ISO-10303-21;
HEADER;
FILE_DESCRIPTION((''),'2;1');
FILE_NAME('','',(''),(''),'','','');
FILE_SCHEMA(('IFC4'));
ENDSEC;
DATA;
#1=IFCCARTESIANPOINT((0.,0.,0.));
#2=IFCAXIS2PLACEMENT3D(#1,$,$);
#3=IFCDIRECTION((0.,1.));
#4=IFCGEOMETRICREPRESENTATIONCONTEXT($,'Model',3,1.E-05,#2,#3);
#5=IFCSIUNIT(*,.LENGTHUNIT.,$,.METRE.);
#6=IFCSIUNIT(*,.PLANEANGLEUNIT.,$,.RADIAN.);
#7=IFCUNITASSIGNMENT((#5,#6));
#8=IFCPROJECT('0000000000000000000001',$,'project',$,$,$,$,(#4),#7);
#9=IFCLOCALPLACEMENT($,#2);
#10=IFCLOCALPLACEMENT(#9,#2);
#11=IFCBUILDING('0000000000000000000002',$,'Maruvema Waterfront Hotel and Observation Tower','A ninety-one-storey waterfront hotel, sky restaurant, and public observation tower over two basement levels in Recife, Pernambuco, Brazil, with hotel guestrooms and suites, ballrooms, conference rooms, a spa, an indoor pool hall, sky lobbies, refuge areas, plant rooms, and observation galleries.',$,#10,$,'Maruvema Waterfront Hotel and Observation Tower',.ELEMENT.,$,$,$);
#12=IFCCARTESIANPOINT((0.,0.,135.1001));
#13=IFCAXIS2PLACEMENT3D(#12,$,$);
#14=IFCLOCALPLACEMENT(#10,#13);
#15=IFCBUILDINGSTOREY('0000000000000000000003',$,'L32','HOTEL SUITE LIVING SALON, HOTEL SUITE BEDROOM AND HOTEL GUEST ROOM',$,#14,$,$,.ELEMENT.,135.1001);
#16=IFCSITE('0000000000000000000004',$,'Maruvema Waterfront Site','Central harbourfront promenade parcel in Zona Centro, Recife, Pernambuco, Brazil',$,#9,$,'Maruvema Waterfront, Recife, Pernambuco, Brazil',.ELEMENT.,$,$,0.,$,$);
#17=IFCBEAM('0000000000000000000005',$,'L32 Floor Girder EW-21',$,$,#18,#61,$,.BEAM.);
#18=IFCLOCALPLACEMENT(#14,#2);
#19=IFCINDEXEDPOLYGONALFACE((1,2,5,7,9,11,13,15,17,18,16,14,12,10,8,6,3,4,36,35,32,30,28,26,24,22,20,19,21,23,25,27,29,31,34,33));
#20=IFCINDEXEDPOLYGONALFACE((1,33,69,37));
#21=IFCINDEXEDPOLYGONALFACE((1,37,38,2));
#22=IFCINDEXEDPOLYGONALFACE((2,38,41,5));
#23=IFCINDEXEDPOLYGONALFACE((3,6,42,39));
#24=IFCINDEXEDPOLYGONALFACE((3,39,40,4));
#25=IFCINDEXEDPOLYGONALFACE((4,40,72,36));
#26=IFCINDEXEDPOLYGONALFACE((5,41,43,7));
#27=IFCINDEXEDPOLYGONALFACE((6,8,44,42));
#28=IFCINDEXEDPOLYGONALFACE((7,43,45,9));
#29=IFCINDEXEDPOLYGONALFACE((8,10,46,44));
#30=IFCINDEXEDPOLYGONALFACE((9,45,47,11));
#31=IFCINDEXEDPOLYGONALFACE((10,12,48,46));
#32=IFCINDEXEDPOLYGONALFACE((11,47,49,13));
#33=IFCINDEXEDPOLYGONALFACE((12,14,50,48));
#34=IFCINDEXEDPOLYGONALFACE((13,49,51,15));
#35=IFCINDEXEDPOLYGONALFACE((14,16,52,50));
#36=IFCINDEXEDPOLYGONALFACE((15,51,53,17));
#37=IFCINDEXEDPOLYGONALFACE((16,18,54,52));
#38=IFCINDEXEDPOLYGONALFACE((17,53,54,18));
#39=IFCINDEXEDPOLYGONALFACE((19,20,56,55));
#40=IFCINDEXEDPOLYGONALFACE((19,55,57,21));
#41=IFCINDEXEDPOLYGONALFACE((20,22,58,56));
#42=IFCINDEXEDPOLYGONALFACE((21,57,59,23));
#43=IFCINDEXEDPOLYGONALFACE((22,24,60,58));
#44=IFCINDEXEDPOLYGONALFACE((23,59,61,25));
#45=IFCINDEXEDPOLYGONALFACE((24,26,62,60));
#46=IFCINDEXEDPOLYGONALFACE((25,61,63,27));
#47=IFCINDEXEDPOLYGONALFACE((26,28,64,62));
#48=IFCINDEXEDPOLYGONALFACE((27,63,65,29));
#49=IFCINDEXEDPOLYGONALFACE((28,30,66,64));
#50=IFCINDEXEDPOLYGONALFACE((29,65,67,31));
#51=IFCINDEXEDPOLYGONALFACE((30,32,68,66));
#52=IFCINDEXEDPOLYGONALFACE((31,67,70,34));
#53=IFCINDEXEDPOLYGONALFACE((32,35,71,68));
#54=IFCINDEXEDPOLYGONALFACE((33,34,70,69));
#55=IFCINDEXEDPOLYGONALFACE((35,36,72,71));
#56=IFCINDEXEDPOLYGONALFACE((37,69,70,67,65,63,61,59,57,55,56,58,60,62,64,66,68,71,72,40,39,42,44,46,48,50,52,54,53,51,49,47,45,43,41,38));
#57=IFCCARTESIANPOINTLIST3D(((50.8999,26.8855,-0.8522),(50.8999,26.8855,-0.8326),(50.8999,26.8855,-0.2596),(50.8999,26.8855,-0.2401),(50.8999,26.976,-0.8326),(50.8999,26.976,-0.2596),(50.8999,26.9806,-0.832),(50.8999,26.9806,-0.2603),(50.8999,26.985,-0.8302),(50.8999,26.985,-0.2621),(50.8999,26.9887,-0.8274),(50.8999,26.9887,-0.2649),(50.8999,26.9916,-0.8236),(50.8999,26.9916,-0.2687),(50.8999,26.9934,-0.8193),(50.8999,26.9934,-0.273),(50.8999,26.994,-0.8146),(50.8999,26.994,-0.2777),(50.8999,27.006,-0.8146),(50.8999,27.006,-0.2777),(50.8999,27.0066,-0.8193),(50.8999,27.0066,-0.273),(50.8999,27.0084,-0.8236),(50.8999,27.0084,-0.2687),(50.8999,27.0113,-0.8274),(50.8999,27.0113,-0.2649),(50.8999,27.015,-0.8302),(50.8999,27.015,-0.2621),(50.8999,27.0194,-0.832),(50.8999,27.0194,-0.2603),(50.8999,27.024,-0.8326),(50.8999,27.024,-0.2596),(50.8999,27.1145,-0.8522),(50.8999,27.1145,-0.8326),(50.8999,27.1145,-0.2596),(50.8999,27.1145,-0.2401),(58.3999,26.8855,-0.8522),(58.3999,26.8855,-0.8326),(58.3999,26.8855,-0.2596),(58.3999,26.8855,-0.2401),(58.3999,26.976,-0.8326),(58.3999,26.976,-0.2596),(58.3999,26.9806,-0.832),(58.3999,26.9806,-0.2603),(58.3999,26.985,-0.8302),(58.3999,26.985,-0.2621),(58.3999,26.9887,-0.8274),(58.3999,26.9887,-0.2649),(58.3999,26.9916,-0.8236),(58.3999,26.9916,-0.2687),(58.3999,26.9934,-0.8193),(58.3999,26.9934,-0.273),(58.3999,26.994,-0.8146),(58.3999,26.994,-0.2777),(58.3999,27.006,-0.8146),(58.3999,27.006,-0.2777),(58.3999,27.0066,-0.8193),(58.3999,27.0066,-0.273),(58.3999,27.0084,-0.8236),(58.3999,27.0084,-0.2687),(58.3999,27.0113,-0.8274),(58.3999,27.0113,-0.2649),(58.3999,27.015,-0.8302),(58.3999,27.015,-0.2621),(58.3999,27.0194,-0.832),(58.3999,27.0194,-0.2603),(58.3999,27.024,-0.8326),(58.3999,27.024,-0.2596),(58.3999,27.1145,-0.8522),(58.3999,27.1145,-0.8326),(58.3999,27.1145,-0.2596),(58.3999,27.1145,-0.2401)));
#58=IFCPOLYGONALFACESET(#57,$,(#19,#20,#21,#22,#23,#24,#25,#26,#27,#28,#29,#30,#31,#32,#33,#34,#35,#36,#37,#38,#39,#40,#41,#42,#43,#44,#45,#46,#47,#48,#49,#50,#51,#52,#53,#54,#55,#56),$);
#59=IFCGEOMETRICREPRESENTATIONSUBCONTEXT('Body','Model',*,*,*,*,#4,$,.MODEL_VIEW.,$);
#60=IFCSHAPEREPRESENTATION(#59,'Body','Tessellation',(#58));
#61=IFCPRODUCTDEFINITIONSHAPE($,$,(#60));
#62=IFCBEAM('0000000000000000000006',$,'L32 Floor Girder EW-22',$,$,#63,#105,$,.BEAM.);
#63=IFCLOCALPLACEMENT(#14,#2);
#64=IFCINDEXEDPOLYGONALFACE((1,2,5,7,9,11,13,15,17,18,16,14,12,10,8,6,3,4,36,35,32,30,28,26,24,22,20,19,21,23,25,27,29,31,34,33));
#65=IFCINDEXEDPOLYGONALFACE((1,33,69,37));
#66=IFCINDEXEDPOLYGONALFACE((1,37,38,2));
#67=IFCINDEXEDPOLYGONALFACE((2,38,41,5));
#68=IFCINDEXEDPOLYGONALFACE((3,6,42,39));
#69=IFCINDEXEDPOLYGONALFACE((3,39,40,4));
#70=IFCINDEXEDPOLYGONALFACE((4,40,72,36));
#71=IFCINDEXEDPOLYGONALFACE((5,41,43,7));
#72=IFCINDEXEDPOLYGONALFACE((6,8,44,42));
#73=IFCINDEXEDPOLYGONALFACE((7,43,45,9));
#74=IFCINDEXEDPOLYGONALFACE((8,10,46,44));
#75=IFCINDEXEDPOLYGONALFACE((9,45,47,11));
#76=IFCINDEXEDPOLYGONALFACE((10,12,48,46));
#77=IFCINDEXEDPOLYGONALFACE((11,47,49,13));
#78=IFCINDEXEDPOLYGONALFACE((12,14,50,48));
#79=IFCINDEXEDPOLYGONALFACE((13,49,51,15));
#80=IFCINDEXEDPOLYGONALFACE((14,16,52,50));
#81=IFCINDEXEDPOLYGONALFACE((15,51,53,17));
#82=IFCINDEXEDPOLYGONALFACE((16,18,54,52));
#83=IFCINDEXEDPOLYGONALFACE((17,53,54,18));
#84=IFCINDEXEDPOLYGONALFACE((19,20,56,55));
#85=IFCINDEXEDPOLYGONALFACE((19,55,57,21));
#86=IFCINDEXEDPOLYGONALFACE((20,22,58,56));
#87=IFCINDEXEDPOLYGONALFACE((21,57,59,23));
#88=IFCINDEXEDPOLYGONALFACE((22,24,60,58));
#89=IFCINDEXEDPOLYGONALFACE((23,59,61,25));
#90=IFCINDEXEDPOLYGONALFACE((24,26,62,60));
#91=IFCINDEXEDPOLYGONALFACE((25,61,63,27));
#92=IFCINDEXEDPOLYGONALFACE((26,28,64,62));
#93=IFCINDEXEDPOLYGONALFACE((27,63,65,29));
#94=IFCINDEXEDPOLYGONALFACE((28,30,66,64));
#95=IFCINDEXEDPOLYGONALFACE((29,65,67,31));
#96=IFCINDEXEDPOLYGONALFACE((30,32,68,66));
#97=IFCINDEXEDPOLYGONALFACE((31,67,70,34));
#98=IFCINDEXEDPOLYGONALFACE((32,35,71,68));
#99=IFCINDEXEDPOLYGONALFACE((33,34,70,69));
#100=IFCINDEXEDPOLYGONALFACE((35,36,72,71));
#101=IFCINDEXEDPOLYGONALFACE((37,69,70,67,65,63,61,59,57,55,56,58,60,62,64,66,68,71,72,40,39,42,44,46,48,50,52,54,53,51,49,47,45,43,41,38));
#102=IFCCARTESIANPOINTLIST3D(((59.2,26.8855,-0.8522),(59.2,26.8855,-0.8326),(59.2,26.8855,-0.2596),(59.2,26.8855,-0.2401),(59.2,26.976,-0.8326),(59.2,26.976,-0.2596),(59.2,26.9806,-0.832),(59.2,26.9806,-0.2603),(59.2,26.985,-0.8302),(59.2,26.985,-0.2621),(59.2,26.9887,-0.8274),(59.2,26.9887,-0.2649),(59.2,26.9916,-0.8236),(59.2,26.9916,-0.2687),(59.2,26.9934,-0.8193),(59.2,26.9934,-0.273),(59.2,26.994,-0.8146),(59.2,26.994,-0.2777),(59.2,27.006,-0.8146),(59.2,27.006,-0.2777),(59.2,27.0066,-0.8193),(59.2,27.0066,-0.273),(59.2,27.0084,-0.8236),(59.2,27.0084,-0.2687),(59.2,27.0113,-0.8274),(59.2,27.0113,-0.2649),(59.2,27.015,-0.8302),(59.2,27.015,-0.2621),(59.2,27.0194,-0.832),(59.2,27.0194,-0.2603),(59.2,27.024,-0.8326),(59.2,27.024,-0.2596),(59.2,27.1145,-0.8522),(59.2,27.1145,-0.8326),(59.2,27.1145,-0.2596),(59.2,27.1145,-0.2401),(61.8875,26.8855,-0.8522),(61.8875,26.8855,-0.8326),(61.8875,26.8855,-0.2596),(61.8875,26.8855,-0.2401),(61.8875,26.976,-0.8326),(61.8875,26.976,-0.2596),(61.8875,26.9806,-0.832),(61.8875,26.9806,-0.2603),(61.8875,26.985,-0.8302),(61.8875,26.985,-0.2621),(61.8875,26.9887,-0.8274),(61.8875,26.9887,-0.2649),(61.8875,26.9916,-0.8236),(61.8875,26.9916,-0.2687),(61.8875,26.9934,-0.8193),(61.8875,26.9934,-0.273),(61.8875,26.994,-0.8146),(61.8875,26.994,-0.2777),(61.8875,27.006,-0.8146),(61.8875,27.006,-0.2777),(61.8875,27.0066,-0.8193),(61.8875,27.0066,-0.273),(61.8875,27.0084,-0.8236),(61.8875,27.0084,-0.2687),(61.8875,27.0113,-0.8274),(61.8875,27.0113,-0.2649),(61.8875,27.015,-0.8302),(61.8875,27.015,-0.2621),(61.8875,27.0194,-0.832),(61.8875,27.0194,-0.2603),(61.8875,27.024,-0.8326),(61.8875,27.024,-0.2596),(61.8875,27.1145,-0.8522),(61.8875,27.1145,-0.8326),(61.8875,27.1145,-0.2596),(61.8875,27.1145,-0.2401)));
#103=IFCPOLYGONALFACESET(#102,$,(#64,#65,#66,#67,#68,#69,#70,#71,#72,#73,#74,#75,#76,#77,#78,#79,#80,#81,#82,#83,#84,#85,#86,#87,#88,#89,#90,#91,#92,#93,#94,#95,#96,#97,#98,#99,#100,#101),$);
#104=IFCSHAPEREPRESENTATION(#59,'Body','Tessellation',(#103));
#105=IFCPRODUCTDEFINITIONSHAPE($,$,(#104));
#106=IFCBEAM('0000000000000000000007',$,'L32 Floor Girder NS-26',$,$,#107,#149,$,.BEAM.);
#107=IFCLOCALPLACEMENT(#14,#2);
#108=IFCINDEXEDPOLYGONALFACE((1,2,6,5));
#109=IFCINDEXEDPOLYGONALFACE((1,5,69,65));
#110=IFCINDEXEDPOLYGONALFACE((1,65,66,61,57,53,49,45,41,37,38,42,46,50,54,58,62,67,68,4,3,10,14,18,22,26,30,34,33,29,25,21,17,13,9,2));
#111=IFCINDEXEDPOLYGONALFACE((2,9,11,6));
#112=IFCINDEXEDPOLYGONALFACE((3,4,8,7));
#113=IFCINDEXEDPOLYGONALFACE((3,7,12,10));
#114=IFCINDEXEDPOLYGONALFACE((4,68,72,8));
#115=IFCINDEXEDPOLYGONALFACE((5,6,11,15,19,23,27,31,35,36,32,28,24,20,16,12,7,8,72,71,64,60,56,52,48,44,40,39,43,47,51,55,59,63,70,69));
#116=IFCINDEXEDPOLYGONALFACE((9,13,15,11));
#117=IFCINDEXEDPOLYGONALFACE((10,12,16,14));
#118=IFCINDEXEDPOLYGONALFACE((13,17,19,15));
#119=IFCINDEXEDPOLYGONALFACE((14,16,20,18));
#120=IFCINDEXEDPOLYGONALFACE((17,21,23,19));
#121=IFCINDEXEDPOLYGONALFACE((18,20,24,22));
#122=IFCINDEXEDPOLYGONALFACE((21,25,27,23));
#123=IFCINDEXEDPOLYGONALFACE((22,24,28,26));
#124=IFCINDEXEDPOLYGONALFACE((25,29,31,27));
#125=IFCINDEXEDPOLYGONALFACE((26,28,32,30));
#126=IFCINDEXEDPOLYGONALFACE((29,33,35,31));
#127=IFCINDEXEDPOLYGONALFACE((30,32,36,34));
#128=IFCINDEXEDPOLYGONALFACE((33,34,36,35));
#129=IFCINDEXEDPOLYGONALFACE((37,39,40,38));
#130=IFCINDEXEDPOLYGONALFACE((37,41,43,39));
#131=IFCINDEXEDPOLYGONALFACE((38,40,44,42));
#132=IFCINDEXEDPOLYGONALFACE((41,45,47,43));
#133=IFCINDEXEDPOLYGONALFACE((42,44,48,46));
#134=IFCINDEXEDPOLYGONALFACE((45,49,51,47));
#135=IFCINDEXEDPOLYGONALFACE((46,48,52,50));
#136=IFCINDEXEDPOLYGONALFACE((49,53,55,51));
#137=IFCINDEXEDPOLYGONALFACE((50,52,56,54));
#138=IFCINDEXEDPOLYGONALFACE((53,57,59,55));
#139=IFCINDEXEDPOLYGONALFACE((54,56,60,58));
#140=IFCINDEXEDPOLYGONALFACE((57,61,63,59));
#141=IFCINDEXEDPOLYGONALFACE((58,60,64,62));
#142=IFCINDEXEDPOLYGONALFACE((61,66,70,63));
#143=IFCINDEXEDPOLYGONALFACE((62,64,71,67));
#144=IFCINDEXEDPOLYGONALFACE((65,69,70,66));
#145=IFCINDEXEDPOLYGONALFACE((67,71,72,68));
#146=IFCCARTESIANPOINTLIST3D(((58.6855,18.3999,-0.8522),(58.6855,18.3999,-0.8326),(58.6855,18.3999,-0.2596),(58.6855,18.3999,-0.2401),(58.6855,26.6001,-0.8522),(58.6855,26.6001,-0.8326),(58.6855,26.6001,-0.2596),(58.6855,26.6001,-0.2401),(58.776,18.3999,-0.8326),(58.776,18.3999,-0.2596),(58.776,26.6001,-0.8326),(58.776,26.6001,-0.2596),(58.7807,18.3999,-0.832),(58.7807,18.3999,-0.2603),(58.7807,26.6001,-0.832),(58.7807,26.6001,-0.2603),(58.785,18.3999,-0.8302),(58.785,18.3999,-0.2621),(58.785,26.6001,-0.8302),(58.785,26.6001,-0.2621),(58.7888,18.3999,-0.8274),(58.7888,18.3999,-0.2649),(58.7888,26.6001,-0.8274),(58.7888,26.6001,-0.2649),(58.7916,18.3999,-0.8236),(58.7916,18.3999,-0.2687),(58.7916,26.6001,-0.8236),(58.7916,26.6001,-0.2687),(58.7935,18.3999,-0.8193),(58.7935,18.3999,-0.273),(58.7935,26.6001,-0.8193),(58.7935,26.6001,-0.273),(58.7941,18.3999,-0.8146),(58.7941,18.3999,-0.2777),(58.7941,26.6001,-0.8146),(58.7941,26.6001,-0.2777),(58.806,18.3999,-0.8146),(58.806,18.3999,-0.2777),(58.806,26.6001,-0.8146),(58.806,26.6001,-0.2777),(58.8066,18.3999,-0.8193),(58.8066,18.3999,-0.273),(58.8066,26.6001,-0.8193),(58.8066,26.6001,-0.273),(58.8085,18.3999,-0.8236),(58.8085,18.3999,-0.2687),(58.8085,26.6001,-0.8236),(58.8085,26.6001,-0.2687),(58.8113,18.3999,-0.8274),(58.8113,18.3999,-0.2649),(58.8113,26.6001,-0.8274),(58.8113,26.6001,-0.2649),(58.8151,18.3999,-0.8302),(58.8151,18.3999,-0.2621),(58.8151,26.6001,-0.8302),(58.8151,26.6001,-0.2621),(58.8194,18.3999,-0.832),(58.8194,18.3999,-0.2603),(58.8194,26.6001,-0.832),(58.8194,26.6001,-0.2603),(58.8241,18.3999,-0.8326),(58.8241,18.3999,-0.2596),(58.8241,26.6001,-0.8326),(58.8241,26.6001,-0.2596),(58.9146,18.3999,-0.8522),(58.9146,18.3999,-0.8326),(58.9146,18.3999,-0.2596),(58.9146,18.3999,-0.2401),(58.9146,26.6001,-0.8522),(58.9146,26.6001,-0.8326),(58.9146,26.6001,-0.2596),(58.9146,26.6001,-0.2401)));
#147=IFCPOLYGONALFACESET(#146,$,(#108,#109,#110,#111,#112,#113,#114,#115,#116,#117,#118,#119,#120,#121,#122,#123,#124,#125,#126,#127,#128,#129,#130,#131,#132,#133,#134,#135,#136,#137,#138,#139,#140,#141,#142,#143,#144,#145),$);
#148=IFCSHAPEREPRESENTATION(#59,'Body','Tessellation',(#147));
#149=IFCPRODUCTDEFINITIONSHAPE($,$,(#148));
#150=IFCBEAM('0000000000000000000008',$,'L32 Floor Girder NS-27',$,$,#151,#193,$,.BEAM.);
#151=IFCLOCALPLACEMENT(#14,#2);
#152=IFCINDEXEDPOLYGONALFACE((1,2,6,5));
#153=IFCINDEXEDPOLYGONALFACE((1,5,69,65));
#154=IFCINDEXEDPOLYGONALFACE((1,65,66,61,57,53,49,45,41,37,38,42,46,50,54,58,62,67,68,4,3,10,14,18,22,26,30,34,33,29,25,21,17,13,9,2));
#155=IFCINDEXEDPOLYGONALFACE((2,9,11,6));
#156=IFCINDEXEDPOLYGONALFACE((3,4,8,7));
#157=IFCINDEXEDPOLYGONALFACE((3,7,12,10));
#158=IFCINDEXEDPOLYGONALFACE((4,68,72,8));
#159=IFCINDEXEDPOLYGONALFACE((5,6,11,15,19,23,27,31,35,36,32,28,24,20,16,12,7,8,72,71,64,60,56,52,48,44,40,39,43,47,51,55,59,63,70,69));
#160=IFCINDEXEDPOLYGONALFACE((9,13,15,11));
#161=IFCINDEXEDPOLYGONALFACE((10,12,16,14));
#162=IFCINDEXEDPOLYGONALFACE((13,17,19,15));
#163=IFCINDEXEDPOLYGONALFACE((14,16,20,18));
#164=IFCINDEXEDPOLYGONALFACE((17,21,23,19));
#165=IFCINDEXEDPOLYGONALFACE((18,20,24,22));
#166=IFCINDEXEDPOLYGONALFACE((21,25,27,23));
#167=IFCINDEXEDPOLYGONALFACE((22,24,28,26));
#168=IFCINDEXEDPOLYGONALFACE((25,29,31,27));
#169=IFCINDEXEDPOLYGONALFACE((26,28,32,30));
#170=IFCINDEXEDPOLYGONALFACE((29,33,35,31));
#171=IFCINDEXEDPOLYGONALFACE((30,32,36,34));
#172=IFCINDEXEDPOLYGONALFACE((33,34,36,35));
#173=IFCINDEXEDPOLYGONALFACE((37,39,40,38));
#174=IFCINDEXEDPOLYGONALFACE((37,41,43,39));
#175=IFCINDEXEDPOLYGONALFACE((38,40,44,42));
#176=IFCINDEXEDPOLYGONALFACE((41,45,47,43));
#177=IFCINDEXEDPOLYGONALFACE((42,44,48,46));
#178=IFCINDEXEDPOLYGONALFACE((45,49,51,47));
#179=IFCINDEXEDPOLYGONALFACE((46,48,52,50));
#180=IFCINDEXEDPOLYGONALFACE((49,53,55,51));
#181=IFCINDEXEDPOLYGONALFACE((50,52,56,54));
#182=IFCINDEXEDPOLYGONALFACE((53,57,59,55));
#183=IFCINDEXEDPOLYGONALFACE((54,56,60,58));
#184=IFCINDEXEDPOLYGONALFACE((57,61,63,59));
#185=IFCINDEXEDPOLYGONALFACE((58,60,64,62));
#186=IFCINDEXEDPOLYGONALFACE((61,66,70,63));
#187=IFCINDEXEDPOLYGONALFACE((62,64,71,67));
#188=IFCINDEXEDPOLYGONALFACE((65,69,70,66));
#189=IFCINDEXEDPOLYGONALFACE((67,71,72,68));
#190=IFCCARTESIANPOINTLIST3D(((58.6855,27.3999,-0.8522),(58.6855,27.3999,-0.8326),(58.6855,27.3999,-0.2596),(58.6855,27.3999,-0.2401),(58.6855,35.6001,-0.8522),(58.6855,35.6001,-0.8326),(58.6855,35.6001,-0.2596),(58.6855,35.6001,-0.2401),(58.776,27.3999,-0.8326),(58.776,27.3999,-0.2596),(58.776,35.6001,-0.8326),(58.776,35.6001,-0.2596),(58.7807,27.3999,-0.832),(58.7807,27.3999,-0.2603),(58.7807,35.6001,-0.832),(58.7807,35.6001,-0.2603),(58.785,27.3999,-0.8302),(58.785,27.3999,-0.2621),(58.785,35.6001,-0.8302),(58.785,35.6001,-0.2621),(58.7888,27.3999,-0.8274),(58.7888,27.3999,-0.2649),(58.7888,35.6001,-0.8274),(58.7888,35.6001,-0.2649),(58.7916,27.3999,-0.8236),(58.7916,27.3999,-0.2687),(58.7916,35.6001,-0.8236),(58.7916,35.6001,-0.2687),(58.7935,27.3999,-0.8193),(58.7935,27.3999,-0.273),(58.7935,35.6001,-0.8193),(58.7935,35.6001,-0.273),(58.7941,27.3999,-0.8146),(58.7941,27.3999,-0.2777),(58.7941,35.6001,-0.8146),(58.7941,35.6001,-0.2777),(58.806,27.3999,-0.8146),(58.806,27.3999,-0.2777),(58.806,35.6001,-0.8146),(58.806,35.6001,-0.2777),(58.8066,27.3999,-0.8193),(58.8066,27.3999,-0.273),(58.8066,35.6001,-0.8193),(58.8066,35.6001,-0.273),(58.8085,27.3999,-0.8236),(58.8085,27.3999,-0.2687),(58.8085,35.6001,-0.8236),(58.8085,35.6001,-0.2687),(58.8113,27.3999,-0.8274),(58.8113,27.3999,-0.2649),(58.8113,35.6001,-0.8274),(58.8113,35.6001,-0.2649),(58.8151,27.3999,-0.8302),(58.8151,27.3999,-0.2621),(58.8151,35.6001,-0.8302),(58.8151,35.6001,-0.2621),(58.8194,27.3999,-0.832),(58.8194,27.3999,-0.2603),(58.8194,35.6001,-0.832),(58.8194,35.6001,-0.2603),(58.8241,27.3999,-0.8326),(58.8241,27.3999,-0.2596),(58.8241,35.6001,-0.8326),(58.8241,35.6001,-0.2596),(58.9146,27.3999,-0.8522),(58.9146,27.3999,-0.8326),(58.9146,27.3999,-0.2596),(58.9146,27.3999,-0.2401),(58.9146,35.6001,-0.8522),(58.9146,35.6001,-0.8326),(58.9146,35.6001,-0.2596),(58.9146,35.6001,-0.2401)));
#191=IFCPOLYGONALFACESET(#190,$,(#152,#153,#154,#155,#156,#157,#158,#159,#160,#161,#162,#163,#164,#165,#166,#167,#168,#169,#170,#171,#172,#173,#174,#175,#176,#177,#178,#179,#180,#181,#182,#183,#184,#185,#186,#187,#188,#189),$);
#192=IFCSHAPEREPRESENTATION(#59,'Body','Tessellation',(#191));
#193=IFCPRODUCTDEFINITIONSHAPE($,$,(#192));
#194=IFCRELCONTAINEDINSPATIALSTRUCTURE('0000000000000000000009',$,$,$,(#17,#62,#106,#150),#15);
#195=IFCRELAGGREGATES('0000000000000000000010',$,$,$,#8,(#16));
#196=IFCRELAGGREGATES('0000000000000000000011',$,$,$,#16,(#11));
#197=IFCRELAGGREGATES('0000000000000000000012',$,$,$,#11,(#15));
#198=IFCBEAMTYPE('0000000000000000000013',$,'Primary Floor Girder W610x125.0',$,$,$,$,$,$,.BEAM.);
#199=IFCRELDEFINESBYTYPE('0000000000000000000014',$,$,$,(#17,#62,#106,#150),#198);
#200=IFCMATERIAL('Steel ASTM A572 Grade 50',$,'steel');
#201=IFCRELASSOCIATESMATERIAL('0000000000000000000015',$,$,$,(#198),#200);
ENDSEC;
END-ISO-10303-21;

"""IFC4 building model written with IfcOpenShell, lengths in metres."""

from ifc_helpers import new_model, si_unit, direction, frame, origin, origin_2d, place, context, subcontext, project, spatial, i_section, extrude, material, material_profile, profile_set, type_object, element, save


model = new_model("IFC4")

# Units and contexts
model_context = context("Model", 3, precision=1e-05, world=origin(), true_north=direction((0.0, 1.0)))
body_context = subcontext(model_context, "Body", "Model", "MODEL_VIEW")
ifc_project = project(units=[si_unit("LENGTHUNIT", "METRE"), si_unit("PLANEANGLEUNIT", "RADIAN")], contexts=[model_context])

# Site, building, storey
site_placement = place(None, origin())
site = spatial("IfcSite", under=ifc_project, at=site_placement, Name="Maruvema Waterfront Site", Description="Central harbourfront promenade parcel in Zona Centro, Recife, Pernambuco, Brazil", LongName="Maruvema Waterfront, Recife, Pernambuco, Brazil", CompositionType="ELEMENT", RefElevation=0.0)
building_placement = place(site_placement, origin())
building = spatial("IfcBuilding", under=site, at=building_placement, Name="Maruvema Waterfront Hotel and Observation Tower", Description="A ninety-one-storey waterfront hotel, sky restaurant, and public observation tower over two basement levels in Recife, Pernambuco, Brazil, with hotel guestrooms and suites, ballrooms, conference rooms, a spa, an indoor pool hall, sky lobbies, refuge areas, plant rooms, and observation galleries.", LongName="Maruvema Waterfront Hotel and Observation Tower", CompositionType="ELEMENT")
storey_placement = place(building_placement, frame((0.0, 0.0, 135.1001)))
storey = spatial("IfcBuildingStorey", under=building, at=storey_placement, Name="L32", Description="HOTEL SUITE LIVING SALON, HOTEL SUITE BEDROOM AND HOTEL GUEST ROOM", CompositionType="ELEMENT", Elevation=135.1001)

# Beams
ifc_material_1 = material(Name="Steel ASTM A572 Grade 50", Category="steel")
ifc_material_profile_1 = material_profile(ifc_material_1, i_section(OverallWidth=0.229, OverallDepth=0.6121, WebThickness=0.012, FlangeThickness=0.0195, FilletRadius=0.0181, at=origin_2d()), Name="W610x125.0")
ifc_profile_set_1 = profile_set([ifc_material_profile_1], Name="Steel ASTM A572 Grade 50")
beam_type_1 = type_object("IfcBeamType", Name="Primary Floor Girder W610x125.0", PredefinedType="BEAM", material=ifc_profile_set_1)
beam_1_placement = place(storey_placement, frame((50.8999, 27.0, -0.5461), z_axis=(1.0, 0.0, 0.0), x_axis=(0.0, 1.0, 0.0)))
element("IfcBeam", 1, at=beam_1_placement, inside=storey, type_object=beam_type_1, Name="L32 Floor Girder EW-21", PredefinedType="BEAM", context=body_context, shape_type="SweptSolid", body=[
    extrude(i_section(OverallWidth=0.229, OverallDepth=0.6121, WebThickness=0.012, FlangeThickness=0.0195, FilletRadius=0.0181, at=origin_2d()), origin(), (0.0, 0.0, 1.0), 7.5),
])
beam_2_placement = place(storey_placement, frame((59.2, 27.0, -0.5461), z_axis=(1.0, 0.0, 0.0), x_axis=(0.0, 1.0, 0.0)))
element("IfcBeam", 2, at=beam_2_placement, inside=storey, type_object=beam_type_1, Name="L32 Floor Girder EW-22", PredefinedType="BEAM", context=body_context, shape_type="SweptSolid", body=[
    extrude(i_section(OverallWidth=0.229, OverallDepth=0.6121, WebThickness=0.012, FlangeThickness=0.0195, FilletRadius=0.0181, at=origin_2d()), origin(), (0.0, 0.0, 1.0), 2.6875),
])
for number, where, z_axis, x_axis, name in (
    (3, (58.8, 18.3999, -0.5461), (0.0, 1.0, 0.0), (-1.0, 0.0, 0.0), "L32 Floor Girder NS-26"),
    (4, (58.8, 27.3999, -0.5461), (0.0, 1.0, 0.0), (-1.0, 0.0, 0.0), "L32 Floor Girder NS-27"),
):
    element("IfcBeam", number, at=place(storey_placement, frame(where, z_axis=z_axis, x_axis=x_axis)), inside=storey, type_object=beam_type_1, Name=name, PredefinedType="BEAM", context=body_context, shape_type="SweptSolid", body=[
        extrude(i_section(OverallWidth=0.229, OverallDepth=0.6121, WebThickness=0.012, FlangeThickness=0.0195, FilletRadius=0.0181, at=origin_2d()), origin(), (0.0, 0.0, 1.0), 8.2002),
    ])

save(model, "model.ifc")
